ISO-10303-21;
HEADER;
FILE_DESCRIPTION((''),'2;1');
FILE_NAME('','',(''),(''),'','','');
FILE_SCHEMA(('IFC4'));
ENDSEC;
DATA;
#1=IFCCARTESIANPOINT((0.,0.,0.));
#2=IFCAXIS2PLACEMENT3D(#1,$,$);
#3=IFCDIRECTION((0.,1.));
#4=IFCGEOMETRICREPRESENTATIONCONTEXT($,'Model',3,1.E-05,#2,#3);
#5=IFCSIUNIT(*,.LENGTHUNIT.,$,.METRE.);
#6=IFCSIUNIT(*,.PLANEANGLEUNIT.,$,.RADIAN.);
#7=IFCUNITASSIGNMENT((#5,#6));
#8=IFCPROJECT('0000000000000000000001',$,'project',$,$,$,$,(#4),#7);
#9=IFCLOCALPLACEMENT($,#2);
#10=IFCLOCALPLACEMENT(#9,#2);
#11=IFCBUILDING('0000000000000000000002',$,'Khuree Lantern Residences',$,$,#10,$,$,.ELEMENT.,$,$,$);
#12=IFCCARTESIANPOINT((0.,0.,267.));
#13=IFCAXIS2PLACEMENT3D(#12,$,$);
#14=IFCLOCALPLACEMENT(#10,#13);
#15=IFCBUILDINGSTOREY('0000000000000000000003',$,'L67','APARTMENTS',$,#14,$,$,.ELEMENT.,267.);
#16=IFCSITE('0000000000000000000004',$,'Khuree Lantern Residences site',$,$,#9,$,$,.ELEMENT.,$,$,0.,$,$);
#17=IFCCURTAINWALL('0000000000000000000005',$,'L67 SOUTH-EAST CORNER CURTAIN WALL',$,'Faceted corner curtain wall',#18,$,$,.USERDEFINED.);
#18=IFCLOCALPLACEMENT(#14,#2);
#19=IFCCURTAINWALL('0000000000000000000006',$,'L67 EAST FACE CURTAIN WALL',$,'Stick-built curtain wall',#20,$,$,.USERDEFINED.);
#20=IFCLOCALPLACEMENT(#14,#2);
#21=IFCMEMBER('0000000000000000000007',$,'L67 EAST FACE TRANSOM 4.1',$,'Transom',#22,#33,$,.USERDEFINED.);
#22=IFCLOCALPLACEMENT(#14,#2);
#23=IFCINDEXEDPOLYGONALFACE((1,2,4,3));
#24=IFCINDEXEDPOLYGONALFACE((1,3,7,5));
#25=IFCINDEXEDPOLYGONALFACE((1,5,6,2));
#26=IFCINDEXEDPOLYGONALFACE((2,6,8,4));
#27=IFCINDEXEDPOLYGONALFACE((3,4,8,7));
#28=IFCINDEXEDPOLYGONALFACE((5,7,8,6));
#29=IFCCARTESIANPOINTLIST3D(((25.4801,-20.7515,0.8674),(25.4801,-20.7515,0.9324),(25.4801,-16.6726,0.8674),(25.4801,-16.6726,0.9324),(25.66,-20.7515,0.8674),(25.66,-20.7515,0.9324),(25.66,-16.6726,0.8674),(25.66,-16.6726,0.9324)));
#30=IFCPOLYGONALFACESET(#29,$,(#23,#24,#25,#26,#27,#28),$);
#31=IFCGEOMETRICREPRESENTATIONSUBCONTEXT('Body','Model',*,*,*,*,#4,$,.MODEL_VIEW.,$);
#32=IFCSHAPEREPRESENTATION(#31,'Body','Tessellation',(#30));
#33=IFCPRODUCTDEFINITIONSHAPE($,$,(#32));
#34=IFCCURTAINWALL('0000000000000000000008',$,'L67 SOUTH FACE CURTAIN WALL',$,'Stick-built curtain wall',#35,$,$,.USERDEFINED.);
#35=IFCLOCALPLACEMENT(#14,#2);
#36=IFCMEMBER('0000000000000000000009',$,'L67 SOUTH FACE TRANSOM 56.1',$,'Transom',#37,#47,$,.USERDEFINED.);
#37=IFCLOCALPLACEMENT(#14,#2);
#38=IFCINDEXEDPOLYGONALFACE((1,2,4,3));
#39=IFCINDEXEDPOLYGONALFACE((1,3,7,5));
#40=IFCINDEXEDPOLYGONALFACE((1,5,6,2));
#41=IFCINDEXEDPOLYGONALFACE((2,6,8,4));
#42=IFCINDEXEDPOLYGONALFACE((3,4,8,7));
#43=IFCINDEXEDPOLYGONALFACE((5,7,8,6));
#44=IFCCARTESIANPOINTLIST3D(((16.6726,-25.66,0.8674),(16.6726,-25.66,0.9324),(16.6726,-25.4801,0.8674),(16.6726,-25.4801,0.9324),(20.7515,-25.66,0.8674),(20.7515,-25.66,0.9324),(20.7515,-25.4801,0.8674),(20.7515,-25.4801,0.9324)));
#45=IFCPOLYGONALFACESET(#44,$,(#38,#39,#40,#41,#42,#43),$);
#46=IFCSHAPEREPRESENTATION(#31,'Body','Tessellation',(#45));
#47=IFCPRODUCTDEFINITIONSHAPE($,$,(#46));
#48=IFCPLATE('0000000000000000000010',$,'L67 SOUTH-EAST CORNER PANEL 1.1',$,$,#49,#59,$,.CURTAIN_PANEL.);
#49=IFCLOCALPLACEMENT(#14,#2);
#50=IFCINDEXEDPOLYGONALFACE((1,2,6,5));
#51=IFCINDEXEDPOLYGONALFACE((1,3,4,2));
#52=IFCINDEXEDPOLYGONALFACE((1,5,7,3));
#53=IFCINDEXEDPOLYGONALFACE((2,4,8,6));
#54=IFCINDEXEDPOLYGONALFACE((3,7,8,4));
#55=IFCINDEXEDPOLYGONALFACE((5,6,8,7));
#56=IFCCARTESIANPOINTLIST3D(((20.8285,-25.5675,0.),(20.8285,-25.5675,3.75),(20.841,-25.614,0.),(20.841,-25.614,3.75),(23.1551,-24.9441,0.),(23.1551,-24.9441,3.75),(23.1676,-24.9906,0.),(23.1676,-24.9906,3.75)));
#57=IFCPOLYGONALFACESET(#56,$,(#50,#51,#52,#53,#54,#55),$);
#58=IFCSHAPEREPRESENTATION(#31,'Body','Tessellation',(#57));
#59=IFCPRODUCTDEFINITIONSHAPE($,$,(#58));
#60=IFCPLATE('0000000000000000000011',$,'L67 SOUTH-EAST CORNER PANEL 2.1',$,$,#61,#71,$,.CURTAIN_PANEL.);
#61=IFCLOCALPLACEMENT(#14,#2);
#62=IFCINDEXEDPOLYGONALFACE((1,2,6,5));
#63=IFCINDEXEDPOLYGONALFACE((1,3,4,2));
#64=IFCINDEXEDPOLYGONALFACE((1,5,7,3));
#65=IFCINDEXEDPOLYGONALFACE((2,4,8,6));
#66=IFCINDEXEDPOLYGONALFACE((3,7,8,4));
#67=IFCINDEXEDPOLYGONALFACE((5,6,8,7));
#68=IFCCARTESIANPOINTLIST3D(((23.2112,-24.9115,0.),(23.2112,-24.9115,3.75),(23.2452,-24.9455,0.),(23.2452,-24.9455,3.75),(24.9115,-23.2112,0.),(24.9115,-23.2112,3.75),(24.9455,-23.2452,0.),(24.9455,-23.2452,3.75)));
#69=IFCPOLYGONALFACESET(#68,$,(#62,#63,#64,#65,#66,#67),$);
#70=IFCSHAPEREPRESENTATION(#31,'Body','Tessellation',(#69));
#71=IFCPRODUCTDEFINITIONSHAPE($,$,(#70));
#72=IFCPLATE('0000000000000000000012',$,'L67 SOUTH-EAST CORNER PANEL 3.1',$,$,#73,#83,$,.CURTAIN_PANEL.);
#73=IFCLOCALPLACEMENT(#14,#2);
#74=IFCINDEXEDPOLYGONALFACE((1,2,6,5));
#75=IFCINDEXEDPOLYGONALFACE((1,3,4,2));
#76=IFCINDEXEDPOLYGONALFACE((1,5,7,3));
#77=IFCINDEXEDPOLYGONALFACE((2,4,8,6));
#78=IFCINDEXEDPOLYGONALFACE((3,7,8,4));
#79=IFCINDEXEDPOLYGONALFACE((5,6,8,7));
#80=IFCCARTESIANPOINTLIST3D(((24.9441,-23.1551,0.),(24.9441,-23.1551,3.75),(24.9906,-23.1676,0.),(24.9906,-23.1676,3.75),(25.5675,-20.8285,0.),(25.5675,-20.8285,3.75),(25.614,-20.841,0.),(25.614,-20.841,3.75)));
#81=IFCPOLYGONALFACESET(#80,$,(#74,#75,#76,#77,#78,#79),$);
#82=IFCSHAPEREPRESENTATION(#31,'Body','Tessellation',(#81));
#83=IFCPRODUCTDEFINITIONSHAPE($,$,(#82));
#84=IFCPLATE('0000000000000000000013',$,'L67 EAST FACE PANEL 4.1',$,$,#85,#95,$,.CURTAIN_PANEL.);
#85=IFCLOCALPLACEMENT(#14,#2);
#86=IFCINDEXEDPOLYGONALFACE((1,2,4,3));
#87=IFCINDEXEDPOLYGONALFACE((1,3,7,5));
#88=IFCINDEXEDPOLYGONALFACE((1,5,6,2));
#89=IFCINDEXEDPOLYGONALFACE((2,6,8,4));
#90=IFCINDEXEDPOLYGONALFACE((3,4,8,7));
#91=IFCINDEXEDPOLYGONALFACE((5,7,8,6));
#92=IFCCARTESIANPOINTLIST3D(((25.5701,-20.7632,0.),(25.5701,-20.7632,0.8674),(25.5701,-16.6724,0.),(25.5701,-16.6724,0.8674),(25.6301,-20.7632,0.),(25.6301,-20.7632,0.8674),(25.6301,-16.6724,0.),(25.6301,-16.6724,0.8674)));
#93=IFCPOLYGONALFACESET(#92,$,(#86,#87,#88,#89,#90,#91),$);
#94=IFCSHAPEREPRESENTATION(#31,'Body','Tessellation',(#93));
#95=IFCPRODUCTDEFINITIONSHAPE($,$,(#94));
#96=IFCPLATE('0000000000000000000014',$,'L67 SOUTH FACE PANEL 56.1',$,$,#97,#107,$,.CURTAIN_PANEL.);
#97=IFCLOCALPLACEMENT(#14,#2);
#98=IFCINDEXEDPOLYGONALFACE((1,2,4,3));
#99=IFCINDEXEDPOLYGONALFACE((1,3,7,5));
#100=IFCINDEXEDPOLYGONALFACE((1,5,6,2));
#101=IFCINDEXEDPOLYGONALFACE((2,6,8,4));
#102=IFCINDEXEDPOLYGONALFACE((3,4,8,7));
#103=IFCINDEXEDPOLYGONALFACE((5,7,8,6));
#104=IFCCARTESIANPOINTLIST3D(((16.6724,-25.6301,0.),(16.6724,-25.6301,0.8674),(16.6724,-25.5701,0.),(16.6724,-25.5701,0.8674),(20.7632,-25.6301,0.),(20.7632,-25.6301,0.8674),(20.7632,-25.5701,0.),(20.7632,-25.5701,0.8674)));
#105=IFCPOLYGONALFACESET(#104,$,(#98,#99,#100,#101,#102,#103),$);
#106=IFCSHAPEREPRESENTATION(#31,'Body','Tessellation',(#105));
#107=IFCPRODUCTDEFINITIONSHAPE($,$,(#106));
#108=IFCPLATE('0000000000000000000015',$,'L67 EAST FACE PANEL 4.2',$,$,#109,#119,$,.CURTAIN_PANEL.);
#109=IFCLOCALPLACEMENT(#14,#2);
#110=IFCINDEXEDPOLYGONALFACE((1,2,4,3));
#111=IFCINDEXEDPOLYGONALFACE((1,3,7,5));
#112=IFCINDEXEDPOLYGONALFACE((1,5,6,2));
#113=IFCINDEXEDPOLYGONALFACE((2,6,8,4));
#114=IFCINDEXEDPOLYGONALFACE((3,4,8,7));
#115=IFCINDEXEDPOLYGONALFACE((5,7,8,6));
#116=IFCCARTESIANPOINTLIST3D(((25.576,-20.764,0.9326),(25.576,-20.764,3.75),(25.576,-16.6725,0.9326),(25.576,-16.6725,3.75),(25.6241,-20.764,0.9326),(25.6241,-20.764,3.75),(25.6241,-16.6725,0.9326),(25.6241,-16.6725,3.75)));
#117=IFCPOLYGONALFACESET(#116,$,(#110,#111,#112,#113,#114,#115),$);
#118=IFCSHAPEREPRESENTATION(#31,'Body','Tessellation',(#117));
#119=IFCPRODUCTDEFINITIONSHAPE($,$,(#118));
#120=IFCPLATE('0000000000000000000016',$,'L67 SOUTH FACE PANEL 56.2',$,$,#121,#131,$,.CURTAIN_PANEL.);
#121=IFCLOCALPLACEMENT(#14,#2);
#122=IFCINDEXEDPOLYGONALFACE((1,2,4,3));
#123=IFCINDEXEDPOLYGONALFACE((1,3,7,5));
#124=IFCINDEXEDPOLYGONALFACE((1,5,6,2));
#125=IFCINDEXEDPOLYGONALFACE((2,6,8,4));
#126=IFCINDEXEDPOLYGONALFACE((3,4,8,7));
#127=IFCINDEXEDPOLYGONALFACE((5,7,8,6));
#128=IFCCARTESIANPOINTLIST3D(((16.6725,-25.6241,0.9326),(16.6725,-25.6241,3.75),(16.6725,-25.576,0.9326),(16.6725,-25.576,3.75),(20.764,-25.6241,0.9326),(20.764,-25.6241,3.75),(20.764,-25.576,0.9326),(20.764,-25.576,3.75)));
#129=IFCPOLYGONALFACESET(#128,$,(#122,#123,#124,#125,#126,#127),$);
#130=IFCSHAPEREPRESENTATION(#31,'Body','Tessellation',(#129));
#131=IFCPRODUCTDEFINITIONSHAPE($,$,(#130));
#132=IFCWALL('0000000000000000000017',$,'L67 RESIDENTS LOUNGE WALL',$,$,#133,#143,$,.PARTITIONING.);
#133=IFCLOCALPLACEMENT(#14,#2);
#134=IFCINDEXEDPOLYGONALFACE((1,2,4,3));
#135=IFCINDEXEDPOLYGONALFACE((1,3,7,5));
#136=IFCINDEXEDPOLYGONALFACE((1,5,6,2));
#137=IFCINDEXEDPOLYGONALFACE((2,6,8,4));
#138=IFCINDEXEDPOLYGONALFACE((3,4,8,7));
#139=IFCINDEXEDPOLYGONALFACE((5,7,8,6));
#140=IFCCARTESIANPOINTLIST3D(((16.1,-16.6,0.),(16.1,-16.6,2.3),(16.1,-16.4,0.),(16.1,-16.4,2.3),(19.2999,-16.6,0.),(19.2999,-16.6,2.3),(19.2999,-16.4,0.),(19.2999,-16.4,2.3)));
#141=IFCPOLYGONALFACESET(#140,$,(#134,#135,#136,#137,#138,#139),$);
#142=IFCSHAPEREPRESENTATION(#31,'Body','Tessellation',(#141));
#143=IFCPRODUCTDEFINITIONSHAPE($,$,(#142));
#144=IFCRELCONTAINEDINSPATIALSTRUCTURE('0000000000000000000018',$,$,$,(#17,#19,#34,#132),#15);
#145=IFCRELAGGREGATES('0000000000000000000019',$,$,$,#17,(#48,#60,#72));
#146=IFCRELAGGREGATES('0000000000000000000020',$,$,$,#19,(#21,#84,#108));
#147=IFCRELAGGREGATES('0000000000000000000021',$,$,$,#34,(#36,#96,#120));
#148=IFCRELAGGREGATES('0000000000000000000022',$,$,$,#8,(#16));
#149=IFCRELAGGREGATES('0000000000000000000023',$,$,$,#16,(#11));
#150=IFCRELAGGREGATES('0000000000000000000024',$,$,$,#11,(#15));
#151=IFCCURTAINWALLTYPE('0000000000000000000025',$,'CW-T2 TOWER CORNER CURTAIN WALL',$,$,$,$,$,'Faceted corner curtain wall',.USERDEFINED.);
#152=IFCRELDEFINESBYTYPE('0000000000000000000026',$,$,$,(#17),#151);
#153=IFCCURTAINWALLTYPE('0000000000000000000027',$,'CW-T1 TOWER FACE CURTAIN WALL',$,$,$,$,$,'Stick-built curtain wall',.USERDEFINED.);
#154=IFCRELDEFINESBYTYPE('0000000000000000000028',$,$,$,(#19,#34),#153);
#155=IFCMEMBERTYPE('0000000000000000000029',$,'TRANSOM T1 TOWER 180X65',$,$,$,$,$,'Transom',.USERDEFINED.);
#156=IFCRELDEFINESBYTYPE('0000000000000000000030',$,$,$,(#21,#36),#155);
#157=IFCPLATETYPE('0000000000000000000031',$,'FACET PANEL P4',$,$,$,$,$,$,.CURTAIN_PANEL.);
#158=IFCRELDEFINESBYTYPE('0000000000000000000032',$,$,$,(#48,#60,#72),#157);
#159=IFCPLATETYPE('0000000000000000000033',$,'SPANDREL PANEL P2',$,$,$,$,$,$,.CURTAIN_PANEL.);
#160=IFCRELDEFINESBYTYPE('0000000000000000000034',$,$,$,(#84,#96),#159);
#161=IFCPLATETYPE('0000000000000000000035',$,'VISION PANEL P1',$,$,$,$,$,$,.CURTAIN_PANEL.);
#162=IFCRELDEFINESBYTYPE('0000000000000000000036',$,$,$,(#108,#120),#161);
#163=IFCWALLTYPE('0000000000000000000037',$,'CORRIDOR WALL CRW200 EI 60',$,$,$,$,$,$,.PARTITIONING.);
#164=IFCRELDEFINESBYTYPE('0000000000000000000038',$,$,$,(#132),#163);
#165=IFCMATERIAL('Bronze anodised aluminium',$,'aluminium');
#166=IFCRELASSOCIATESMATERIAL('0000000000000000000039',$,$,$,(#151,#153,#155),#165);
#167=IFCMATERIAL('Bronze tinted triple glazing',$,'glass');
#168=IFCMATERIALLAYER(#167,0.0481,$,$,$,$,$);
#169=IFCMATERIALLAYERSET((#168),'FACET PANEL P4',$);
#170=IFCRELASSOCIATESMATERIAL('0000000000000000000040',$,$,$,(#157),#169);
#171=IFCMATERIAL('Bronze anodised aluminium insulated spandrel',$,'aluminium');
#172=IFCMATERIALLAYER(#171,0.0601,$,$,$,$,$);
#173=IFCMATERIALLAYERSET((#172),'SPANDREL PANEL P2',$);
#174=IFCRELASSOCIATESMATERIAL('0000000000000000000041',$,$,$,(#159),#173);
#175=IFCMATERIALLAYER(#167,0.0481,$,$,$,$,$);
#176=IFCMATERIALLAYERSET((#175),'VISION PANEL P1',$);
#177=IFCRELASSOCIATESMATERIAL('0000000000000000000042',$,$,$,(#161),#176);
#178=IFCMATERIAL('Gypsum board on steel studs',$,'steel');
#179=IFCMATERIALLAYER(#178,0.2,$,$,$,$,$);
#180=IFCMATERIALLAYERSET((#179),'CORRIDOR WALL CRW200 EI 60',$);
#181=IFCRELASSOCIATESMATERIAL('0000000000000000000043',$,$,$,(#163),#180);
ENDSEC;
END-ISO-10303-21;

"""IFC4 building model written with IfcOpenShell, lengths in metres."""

from ifc_helpers import new_model, si_unit, direction, frame, frame_2d, origin, origin_2d, place, context, subcontext, project, spatial, rectangle, extrude, material, layer, layer_set, material_profile, profile_set, type_object, element, aggregate, save


model = new_model("IFC4")

# Units and contexts
model_context = context("Model", 3, precision=1e-05, world=origin(), true_north=direction((0.0, 1.0)))
body_context = subcontext(model_context, "Body", "Model", "MODEL_VIEW")
ifc_project = project(units=[si_unit("LENGTHUNIT", "METRE"), si_unit("PLANEANGLEUNIT", "RADIAN")], contexts=[model_context])

# Site, building, storey
site_placement = place(None, origin())
site = spatial("IfcSite", under=ifc_project, at=site_placement, Name="Khuree Lantern Residences site", CompositionType="ELEMENT", RefElevation=0.0)
building_placement = place(site_placement, origin())
building = spatial("IfcBuilding", under=site, at=building_placement, Name="Khuree Lantern Residences", CompositionType="ELEMENT")
storey_placement = place(building_placement, frame((0.0, 0.0, 267.0)))
storey = spatial("IfcBuildingStorey", under=building, at=storey_placement, Name="L67", Description="APARTMENTS", CompositionType="ELEMENT", Elevation=267.0)

# Curtain wall
ifc_material_1 = material(Name="Bronze anodised aluminium", Category="aluminium")
curtain_wall_type_1 = type_object("IfcCurtainWallType", Name="CW-T2 TOWER CORNER CURTAIN WALL", ElementType="Faceted corner curtain wall", PredefinedType="USERDEFINED", material=ifc_material_1)
curtain_wall_1_placement = place(storey_placement, origin())
curtain_wall_1 = element("IfcCurtainWall", 1, at=curtain_wall_1_placement, inside=storey, type_object=curtain_wall_type_1, Name="L67 SOUTH-EAST CORNER CURTAIN WALL", ObjectType="Faceted corner curtain wall", PredefinedType="USERDEFINED")

# Curtain wall, member
curtain_wall_type_2 = type_object("IfcCurtainWallType", Name="CW-T1 TOWER FACE CURTAIN WALL", ElementType="Stick-built curtain wall", PredefinedType="USERDEFINED", material=ifc_material_1)
curtain_wall_2_placement = place(storey_placement, origin())
curtain_wall_2 = element("IfcCurtainWall", 2, at=curtain_wall_2_placement, inside=storey, type_object=curtain_wall_type_2, Name="L67 EAST FACE CURTAIN WALL", ObjectType="Stick-built curtain wall", PredefinedType="USERDEFINED")
ifc_material_profile_1 = material_profile(ifc_material_1, rectangle(XDim=0.1799, YDim=0.0649, at=origin_2d()), Name="T1 180X65")
ifc_profile_set_1 = profile_set([ifc_material_profile_1], Name="Bronze anodised aluminium")
member_type_1 = type_object("IfcMemberType", Name="TRANSOM T1 TOWER 180X65", ElementType="Transom", PredefinedType="USERDEFINED", material=ifc_profile_set_1)
member_1_placement = place(storey_placement, frame((25.5701, -20.7515, 0.8999), z_axis=(0.0, 1.0, 0.0), x_axis=(-1.0, 0.0, 0.0)))
member_1 = element("IfcMember", 3, at=member_1_placement, type_object=member_type_1, Name="L67 EAST FACE TRANSOM 4.1", ObjectType="Transom", PredefinedType="USERDEFINED", context=body_context, shape_type="SweptSolid", body=[
    extrude(rectangle(XDim=0.1799, YDim=0.0649, at=origin_2d()), origin(), (0.0, 0.0, 1.0), 4.0789),
])

# Curtain wall, member
curtain_wall_3_placement = place(storey_placement, origin())
curtain_wall_3 = element("IfcCurtainWall", 4, at=curtain_wall_3_placement, inside=storey, type_object=curtain_wall_type_2, Name="L67 SOUTH FACE CURTAIN WALL", ObjectType="Stick-built curtain wall", PredefinedType="USERDEFINED")
member_2_placement = place(storey_placement, frame((16.6726, -25.5701, 0.8999), z_axis=(1.0, 0.0, 0.0), x_axis=(0.0, 1.0, 0.0)))
member_2 = element("IfcMember", 5, at=member_2_placement, type_object=member_type_1, Name="L67 SOUTH FACE TRANSOM 56.1", ObjectType="Transom", PredefinedType="USERDEFINED", context=body_context, shape_type="SweptSolid", body=[
    extrude(rectangle(XDim=0.1799, YDim=0.0649, at=origin_2d()), origin(), (0.0, 0.0, 1.0), 4.0789),
])

# Plates
ifc_material_2 = material(Name="Bronze tinted triple glazing", Category="glass")
ifc_layer_1 = layer(ifc_material_2, 0.0481)
ifc_layer_set_1 = layer_set([ifc_layer_1], Name="FACET PANEL P4")
plate_type_1 = type_object("IfcPlateType", Name="FACET PANEL P4", PredefinedType="CURTAIN_PANEL", material=ifc_layer_set_1)
plate_1_placement = place(storey_placement, frame((21.998, -25.2791, 0.0), z_axis=(0.0, 0.0, 1.0), x_axis=(0.965926, 0.258819, 0.0)))
plate_1 = element("IfcPlate", 6, at=plate_1_placement, type_object=plate_type_1, Name="L67 SOUTH-EAST CORNER PANEL 1.1", PredefinedType="CURTAIN_PANEL", context=body_context, shape_type="SweptSolid", body=[
    extrude(rectangle(XDim=2.4087, YDim=0.0481, at=origin_2d()), origin(), (0.0, 0.0, 1.0), 3.75),
])
plate_2_placement = place(storey_placement, frame((24.0784, -24.0784, 0.0), z_axis=(0.0, 0.0, 1.0), x_axis=(0.707107, 0.707107, 0.0)))
plate_2 = element("IfcPlate", 7, at=plate_2_placement, type_object=plate_type_1, Name="L67 SOUTH-EAST CORNER PANEL 2.1", PredefinedType="CURTAIN_PANEL", context=body_context, shape_type="SweptSolid", body=[
    extrude(rectangle(XDim=2.4045, YDim=0.0481, at=origin_2d()), origin(), (0.0, 0.0, 1.0), 3.75),
])
plate_3_placement = place(storey_placement, frame((25.2791, -21.998, 0.0), z_axis=(0.0, 0.0, 1.0), x_axis=(0.258819, 0.965926, 0.0)))
plate_3 = element("IfcPlate", 8, at=plate_3_placement, type_object=plate_type_1, Name="L67 SOUTH-EAST CORNER PANEL 3.1", PredefinedType="CURTAIN_PANEL", context=body_context, shape_type="SweptSolid", body=[
    extrude(rectangle(XDim=2.4087, YDim=0.0481, at=origin_2d()), origin(), (0.0, 0.0, 1.0), 3.75),
])
aggregate(curtain_wall_1, [plate_1, plate_2, plate_3])
ifc_material_3 = material(Name="Bronze anodised aluminium insulated spandrel", Category="aluminium")
ifc_layer_2 = layer(ifc_material_3, 0.0601)
ifc_layer_set_2 = layer_set([ifc_layer_2], Name="SPANDREL PANEL P2")
plate_type_2 = type_object("IfcPlateType", Name="SPANDREL PANEL P2", PredefinedType="CURTAIN_PANEL", material=ifc_layer_set_2)
plate_4_placement = place(storey_placement, frame((25.6001, -18.7178, 0.0), z_axis=(0.0, 0.0, 1.0), x_axis=(0.0, 1.0, 0.0)))
plate_4 = element("IfcPlate", 9, at=plate_4_placement, type_object=plate_type_2, Name="L67 EAST FACE PANEL 4.1", PredefinedType="CURTAIN_PANEL", context=body_context, shape_type="SweptSolid", body=[
    extrude(rectangle(XDim=4.0908, YDim=0.0601, at=origin_2d()), origin(), (0.0, 0.0, 1.0), 0.8674),
])
plate_5_placement = place(storey_placement, frame((18.7178, -25.6001, 0.0), z_axis=(0.0, 0.0, 1.0), x_axis=(1.0, 0.0, 0.0)))
plate_5 = element("IfcPlate", 10, at=plate_5_placement, type_object=plate_type_2, Name="L67 SOUTH FACE PANEL 56.1", PredefinedType="CURTAIN_PANEL", context=body_context, shape_type="SweptSolid", body=[
    extrude(rectangle(XDim=4.0908, YDim=0.0601, at=origin_2d()), origin(), (0.0, 0.0, 1.0), 0.8674),
])
ifc_layer_3 = layer(ifc_material_2, 0.0481)
ifc_layer_set_3 = layer_set([ifc_layer_3], Name="VISION PANEL P1")
plate_type_3 = type_object("IfcPlateType", Name="VISION PANEL P1", PredefinedType="CURTAIN_PANEL", material=ifc_layer_set_3)
plate_6_placement = place(storey_placement, frame((25.6001, -18.7183, 0.9326), z_axis=(0.0, 0.0, 1.0), x_axis=(0.0, 1.0, 0.0)))
plate_6 = element("IfcPlate", 11, at=plate_6_placement, type_object=plate_type_3, Name="L67 EAST FACE PANEL 4.2", PredefinedType="CURTAIN_PANEL", context=body_context, shape_type="SweptSolid", body=[
    extrude(rectangle(XDim=4.0916, YDim=0.0481, at=origin_2d()), origin(), (0.0, 0.0, 1.0), 2.8174),
])
aggregate(curtain_wall_2, [member_1, plate_4, plate_6])
plate_7_placement = place(storey_placement, frame((18.7183, -25.6001, 0.9326), z_axis=(0.0, 0.0, 1.0), x_axis=(1.0, 0.0, 0.0)))
plate_7 = element("IfcPlate", 12, at=plate_7_placement, type_object=plate_type_3, Name="L67 SOUTH FACE PANEL 56.2", PredefinedType="CURTAIN_PANEL", context=body_context, shape_type="SweptSolid", body=[
    extrude(rectangle(XDim=4.0916, YDim=0.0481, at=origin_2d()), origin(), (0.0, 0.0, 1.0), 2.8174),
])
aggregate(curtain_wall_3, [member_2, plate_5, plate_7])

# Wall
ifc_material_4 = material(Name="Gypsum board on steel studs", Category="steel")
ifc_layer_4 = layer(ifc_material_4, 0.2)
ifc_layer_set_4 = layer_set([ifc_layer_4], Name="CORRIDOR WALL CRW200 EI 60")
wall_type = type_object("IfcWallType", Name="CORRIDOR WALL CRW200 EI 60", PredefinedType="PARTITIONING", material=ifc_layer_set_4)
wall_placement = place(storey_placement, frame((19.3, -16.5, 0.0), z_axis=(0.0, 0.0, 1.0), x_axis=(-1.0, 0.0, 0.0)))
element("IfcWall", 13, at=wall_placement, inside=storey, type_object=wall_type, Name="L67 RESIDENTS LOUNGE WALL", PredefinedType="PARTITIONING", context=body_context, shape_type="SweptSolid", body=[
    extrude(rectangle(XDim=3.2, YDim=0.2, at=frame_2d((1.6001, 0.0))), origin(), (0.0, 0.0, 1.0), 2.3),
])

save(model, "model.ifc")
